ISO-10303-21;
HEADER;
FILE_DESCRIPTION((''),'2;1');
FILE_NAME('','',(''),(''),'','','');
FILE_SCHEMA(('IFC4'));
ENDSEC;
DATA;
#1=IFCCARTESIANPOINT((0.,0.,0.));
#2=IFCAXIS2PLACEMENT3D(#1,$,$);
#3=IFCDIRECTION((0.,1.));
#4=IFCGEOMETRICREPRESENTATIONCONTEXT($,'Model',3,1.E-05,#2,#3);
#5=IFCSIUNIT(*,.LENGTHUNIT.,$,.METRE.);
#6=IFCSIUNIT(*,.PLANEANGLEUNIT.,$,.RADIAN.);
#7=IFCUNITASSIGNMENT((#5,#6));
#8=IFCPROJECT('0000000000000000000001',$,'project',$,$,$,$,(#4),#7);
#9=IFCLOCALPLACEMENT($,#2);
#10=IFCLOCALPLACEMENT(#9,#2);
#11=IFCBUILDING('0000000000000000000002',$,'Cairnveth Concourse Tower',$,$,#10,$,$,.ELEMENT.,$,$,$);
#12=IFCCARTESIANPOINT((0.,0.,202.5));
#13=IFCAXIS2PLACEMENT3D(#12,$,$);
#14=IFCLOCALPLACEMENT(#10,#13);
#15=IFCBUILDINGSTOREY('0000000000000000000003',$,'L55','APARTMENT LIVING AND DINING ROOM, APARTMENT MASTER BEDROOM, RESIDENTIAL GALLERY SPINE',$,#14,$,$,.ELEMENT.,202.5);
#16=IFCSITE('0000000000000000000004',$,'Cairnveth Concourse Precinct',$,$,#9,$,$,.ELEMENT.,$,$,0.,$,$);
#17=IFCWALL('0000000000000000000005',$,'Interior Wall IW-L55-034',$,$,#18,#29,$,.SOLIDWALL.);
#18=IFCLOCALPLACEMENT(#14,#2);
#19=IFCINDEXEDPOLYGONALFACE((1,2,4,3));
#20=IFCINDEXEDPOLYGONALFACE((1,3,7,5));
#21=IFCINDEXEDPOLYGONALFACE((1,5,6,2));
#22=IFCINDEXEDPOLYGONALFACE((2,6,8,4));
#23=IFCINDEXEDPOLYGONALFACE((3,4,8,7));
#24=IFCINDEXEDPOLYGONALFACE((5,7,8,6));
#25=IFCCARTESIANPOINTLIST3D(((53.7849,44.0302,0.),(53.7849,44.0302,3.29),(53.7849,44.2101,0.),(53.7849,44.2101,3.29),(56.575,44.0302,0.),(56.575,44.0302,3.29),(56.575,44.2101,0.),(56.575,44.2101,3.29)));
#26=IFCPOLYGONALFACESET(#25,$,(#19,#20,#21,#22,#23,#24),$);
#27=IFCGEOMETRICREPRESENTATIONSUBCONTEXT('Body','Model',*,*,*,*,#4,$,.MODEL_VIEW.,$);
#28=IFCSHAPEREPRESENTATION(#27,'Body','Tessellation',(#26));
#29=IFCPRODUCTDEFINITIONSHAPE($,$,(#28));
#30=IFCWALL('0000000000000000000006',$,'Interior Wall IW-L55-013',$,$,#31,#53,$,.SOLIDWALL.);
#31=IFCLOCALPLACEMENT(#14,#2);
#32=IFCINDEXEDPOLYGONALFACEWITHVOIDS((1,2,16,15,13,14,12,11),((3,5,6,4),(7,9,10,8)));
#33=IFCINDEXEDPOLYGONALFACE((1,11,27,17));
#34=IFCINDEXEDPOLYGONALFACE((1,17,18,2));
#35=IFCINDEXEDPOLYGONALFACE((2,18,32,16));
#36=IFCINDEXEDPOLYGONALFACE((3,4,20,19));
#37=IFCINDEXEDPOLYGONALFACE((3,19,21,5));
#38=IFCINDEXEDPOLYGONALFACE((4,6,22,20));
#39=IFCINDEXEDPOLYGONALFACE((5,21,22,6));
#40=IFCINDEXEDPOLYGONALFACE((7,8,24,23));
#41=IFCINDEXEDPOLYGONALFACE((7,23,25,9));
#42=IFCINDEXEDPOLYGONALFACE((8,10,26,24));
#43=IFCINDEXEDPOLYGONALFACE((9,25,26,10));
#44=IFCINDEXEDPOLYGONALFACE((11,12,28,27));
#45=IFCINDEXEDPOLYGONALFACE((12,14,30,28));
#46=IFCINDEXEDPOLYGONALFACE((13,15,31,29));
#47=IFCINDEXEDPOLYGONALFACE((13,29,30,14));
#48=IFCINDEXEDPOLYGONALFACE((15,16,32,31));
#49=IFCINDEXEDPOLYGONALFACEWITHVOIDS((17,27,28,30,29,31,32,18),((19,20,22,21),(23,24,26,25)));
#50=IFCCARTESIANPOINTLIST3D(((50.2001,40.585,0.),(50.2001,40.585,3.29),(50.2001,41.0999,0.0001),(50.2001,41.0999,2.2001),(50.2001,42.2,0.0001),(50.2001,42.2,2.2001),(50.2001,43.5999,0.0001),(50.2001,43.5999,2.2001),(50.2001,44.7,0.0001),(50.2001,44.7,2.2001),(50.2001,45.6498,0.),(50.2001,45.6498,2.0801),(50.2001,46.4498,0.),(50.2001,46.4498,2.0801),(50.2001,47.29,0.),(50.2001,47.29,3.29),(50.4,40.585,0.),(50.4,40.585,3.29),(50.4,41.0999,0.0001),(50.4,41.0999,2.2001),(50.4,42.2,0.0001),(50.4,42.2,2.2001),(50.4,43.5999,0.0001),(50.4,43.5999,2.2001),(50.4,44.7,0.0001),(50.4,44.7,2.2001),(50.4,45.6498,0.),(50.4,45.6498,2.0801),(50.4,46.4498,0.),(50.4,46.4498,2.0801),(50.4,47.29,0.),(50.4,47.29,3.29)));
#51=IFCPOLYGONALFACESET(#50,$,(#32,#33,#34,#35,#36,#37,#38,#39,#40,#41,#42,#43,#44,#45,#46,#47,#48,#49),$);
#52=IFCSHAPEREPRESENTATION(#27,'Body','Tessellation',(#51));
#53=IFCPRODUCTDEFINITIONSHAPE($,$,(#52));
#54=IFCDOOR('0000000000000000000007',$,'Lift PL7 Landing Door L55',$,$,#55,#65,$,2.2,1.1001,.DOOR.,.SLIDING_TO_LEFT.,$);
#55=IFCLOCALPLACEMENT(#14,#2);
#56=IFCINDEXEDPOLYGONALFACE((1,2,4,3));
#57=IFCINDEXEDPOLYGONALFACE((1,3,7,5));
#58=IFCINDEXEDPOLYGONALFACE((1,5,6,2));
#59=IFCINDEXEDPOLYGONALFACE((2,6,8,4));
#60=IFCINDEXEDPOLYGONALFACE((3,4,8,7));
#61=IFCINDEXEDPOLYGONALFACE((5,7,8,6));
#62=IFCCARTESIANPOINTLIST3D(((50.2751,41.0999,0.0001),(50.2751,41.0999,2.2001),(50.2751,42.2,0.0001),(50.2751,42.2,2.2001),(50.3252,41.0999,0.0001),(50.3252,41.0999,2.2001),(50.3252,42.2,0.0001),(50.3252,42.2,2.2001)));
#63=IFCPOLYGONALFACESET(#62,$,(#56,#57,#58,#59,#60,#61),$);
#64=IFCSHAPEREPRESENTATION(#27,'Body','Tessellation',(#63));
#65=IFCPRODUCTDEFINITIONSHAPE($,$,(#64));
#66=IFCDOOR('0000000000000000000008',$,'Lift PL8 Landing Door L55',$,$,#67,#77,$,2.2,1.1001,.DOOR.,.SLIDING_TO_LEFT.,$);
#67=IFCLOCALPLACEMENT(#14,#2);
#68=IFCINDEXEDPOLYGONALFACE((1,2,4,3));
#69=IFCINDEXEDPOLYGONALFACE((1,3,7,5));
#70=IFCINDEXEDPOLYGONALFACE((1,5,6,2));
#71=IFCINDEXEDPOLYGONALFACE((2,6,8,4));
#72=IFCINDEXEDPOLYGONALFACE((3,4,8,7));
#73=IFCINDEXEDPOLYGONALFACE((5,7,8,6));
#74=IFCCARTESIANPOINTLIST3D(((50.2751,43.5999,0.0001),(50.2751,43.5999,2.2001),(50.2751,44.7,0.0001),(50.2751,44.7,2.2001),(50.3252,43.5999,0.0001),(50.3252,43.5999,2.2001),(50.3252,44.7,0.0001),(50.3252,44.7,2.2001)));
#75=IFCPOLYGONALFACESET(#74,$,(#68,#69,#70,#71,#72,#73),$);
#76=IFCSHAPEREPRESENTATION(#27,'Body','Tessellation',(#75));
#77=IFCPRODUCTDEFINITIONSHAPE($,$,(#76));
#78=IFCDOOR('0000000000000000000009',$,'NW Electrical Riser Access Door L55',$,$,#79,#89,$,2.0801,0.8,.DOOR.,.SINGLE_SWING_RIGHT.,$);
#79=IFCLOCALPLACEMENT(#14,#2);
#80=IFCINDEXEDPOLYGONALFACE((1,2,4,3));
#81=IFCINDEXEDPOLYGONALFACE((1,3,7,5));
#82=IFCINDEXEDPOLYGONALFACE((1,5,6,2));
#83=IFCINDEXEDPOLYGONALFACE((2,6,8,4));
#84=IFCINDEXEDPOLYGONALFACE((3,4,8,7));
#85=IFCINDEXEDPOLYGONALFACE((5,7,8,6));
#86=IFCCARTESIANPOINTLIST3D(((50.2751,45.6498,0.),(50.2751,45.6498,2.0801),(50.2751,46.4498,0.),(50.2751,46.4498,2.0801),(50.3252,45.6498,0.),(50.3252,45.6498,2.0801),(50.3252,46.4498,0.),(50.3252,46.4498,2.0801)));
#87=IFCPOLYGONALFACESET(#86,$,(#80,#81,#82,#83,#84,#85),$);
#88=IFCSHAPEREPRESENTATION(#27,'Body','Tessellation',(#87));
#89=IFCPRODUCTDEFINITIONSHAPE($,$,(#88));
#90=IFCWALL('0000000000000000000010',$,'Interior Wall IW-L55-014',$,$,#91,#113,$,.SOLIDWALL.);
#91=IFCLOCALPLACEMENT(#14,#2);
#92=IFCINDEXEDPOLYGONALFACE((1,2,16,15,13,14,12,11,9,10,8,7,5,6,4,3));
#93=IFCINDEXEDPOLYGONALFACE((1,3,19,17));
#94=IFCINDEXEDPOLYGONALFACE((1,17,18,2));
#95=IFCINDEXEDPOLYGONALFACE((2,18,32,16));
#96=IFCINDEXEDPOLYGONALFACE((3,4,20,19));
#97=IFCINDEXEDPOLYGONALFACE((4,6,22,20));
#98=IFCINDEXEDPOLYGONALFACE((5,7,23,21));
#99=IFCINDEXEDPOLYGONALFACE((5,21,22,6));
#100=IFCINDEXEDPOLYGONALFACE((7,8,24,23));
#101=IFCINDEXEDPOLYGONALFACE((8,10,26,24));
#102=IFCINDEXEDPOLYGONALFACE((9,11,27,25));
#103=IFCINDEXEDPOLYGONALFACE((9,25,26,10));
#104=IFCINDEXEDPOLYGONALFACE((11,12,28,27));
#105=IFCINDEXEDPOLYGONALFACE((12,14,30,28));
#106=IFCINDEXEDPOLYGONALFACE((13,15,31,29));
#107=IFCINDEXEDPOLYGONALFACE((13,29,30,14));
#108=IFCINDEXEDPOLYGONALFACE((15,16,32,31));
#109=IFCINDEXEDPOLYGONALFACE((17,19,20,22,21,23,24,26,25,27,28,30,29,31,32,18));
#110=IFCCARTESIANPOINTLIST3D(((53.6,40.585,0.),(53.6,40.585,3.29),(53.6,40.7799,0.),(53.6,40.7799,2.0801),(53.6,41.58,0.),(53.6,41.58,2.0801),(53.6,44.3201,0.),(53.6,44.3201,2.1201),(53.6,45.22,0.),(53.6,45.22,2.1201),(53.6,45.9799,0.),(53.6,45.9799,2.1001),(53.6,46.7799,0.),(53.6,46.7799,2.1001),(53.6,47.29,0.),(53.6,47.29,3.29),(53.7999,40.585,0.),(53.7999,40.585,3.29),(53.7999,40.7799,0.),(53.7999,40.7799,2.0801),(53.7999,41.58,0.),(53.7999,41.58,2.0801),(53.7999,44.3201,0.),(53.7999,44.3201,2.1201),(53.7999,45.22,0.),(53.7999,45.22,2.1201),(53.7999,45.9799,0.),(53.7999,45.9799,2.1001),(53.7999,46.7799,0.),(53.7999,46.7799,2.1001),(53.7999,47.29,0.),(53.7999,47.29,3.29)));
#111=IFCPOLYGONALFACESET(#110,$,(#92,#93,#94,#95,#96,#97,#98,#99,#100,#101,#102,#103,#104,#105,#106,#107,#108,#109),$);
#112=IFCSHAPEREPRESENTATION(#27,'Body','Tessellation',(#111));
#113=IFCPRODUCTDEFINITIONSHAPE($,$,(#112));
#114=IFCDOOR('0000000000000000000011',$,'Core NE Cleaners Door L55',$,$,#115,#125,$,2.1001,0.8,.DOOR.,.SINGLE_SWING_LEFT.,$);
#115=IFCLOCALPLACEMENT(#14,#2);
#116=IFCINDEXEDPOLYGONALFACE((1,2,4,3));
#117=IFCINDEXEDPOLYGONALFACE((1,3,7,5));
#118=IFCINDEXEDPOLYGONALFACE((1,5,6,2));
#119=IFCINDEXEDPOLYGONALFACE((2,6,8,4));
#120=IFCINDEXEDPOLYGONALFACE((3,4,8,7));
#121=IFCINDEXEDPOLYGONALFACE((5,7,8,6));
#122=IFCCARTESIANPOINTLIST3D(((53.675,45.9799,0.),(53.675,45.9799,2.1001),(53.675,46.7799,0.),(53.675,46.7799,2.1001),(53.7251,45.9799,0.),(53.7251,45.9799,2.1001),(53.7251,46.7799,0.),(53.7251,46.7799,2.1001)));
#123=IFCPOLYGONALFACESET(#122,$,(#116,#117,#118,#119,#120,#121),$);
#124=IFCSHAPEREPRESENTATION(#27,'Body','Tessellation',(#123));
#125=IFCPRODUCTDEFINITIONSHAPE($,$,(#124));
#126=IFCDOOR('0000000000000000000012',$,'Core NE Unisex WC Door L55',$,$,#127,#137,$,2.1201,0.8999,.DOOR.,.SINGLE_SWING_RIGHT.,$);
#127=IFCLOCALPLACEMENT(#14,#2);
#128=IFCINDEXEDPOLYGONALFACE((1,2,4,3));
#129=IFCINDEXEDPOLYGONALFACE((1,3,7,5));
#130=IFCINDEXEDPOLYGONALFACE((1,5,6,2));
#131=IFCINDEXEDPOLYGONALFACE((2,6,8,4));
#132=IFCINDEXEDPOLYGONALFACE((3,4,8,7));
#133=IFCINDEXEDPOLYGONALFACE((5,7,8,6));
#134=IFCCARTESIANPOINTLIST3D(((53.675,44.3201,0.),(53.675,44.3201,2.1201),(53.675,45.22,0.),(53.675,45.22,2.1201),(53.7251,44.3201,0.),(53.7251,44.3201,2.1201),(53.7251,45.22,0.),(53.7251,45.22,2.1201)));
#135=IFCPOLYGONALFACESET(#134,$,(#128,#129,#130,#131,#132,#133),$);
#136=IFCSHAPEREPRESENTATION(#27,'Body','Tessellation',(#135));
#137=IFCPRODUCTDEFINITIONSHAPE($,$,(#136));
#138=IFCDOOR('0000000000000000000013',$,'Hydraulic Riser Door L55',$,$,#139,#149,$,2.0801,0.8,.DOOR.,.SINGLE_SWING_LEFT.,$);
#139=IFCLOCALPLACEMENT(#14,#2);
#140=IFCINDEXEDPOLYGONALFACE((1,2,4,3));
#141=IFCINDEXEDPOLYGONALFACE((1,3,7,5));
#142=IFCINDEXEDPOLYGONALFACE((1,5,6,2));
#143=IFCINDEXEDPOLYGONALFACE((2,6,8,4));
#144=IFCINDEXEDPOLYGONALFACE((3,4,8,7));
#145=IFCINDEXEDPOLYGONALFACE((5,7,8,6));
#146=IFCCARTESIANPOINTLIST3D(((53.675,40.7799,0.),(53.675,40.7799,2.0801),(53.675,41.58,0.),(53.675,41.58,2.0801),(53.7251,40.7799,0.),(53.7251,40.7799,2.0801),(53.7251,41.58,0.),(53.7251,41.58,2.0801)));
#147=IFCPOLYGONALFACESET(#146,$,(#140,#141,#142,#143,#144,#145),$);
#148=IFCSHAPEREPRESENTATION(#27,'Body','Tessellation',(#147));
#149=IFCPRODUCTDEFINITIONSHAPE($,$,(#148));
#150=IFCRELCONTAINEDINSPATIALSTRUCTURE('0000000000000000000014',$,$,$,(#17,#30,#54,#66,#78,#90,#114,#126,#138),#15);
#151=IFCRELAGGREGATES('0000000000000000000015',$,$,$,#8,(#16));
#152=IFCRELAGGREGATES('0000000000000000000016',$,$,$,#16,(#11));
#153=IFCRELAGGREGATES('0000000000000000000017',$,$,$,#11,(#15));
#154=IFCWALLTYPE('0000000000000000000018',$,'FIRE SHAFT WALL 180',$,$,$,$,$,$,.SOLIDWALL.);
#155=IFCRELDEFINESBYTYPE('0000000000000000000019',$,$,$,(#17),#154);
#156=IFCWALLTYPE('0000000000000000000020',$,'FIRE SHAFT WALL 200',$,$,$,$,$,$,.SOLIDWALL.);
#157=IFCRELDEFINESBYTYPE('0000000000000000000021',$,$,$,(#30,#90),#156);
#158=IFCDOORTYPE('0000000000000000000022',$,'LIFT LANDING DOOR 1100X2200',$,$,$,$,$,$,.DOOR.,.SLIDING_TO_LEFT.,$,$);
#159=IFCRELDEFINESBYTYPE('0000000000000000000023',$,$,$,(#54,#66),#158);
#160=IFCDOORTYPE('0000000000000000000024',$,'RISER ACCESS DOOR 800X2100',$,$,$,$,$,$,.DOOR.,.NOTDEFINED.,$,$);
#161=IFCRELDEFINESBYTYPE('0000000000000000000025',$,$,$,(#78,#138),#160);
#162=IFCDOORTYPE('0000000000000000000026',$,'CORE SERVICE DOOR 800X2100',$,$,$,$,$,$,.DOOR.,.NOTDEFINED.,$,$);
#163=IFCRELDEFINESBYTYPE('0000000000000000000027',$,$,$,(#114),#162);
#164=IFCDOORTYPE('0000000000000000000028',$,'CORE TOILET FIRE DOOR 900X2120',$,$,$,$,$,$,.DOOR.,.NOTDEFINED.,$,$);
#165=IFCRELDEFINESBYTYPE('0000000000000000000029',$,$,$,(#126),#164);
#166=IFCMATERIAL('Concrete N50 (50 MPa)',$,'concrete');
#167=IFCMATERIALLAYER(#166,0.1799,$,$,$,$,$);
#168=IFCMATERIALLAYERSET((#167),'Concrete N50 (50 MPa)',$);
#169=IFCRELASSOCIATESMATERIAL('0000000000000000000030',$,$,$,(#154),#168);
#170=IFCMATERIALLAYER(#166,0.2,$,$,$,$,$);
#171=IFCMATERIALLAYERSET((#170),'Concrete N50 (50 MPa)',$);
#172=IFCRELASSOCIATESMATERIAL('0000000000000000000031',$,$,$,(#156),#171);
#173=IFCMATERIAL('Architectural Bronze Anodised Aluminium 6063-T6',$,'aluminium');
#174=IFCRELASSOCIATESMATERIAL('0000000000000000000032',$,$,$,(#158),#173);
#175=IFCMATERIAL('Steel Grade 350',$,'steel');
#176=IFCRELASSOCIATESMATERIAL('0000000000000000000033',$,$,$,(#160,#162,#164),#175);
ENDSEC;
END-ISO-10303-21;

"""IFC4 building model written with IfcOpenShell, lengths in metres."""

from ifc_helpers import new_model, si_unit, direction, frame, frame_2d, origin, place, context, subcontext, project, spatial, rectangle, extrude, material, layer, layer_set, type_object, element, fill, save


model = new_model("IFC4")

# Units and contexts
model_context = context("Model", 3, precision=1e-05, world=origin(), true_north=direction((0.0, 1.0)))
body_context = subcontext(model_context, "Body", "Model", "MODEL_VIEW")
ifc_project = project(units=[si_unit("LENGTHUNIT", "METRE"), si_unit("PLANEANGLEUNIT", "RADIAN")], contexts=[model_context])

# Site, building, storey
site_placement = place(None, origin())
site = spatial("IfcSite", under=ifc_project, at=site_placement, Name="Cairnveth Concourse Precinct", CompositionType="ELEMENT", RefElevation=0.0)
building_placement = place(site_placement, origin())
building = spatial("IfcBuilding", under=site, at=building_placement, Name="Cairnveth Concourse Tower", CompositionType="ELEMENT")
storey_placement = place(building_placement, frame((0.0, 0.0, 202.5)))
storey = spatial("IfcBuildingStorey", under=building, at=storey_placement, Name="L55", Description="APARTMENT LIVING AND DINING ROOM, APARTMENT MASTER BEDROOM, RESIDENTIAL GALLERY SPINE", CompositionType="ELEMENT", Elevation=202.5)

# Shared definitions
ifc_material_1 = material(Name="Steel Grade 350", Category="steel")

# Wall
ifc_material_2 = material(Name="Concrete N50 (50 MPa)", Category="concrete")
ifc_layer_1 = layer(ifc_material_2, 0.1799)
ifc_layer_set_1 = layer_set([ifc_layer_1], Name="Concrete N50 (50 MPa)")
wall_type_1 = type_object("IfcWallType", Name="FIRE SHAFT WALL 180", PredefinedType="SOLIDWALL", material=ifc_layer_set_1)
wall_1_placement = place(storey_placement, frame((53.7849, 44.1201, 0.0), z_axis=(0.0, 0.0, 1.0), x_axis=(1.0, 0.0, 0.0)))
element("IfcWall", 1, at=wall_1_placement, inside=storey, type_object=wall_type_1, Name="Interior Wall IW-L55-034", PredefinedType="SOLIDWALL", context=body_context, shape_type="SweptSolid", body=[
    extrude(rectangle(XDim=2.79, YDim=0.1799, at=frame_2d((1.395, 0.0))), origin(), (0.0, 0.0, 1.0), 3.29),
])

# Walls, openings, doors
ifc_layer_2 = layer(ifc_material_2, 0.2)
ifc_layer_set_2 = layer_set([ifc_layer_2], Name="Concrete N50 (50 MPa)")
wall_type_2 = type_object("IfcWallType", Name="FIRE SHAFT WALL 200", PredefinedType="SOLIDWALL", material=ifc_layer_set_2)
wall_2_placement = place(storey_placement, frame((50.3, 40.585, 0.0), z_axis=(0.0, 0.0, 1.0), x_axis=(0.0, 1.0, 0.0)))
wall_2 = element("IfcWall", 2, at=wall_2_placement, inside=storey, type_object=wall_type_2, Name="Interior Wall IW-L55-013", PredefinedType="SOLIDWALL", context=body_context, shape_type="SweptSolid", body=[
    extrude(rectangle(XDim=6.7051, YDim=0.2, at=frame_2d((3.3525, 0.0))), origin(), (0.0, 0.0, 1.0), 3.29),
])
opening_1_placement = place(wall_2_placement, frame((0.5149, 0.0, 0.0)))
opening_1 = element("IfcOpeningElement", 3, at=opening_1_placement, cuts=wall_2, PredefinedType="OPENING", context=body_context, shape_type="SweptSolid", body=[
    extrude(rectangle(XDim=1.1001, YDim=2.2, at=frame_2d((0.55, 1.1001))), frame((0.0, 0.1099, 0.0), z_axis=(0.0, -1.0, 0.0), x_axis=(1.0, 0.0, 0.0)), (0.0, 0.0, 1.0), 0.22),
])
opening_2_placement = place(wall_2_placement, frame((3.0149, 0.0, 0.0)))
opening_2 = element("IfcOpeningElement", 4, at=opening_2_placement, cuts=wall_2, PredefinedType="OPENING", context=body_context, shape_type="SweptSolid", body=[
    extrude(rectangle(XDim=1.1001, YDim=2.2, at=frame_2d((0.55, 1.1001))), frame((0.0, 0.1099, 0.0), z_axis=(0.0, -1.0, 0.0), x_axis=(1.0, 0.0, 0.0)), (0.0, 0.0, 1.0), 0.22),
])
opening_3_placement = place(wall_2_placement, frame((5.0649, 0.0, 0.0)))
opening_3 = element("IfcOpeningElement", 5, at=opening_3_placement, cuts=wall_2, PredefinedType="OPENING", context=body_context, shape_type="SweptSolid", body=[
    extrude(rectangle(XDim=0.8, YDim=2.0801, at=frame_2d((0.3999, 1.04))), frame((0.0, 0.1099, 0.0), z_axis=(0.0, -1.0, 0.0), x_axis=(1.0, 0.0, 0.0)), (0.0, 0.0, 1.0), 0.22),
])
ifc_material_3 = material(Name="Architectural Bronze Anodised Aluminium 6063-T6", Category="aluminium")
door_type_1 = type_object("IfcDoorType", Name="LIFT LANDING DOOR 1100X2200", OperationType="SLIDING_TO_LEFT", PredefinedType="DOOR", material=ifc_material_3)
door_1_placement = place(opening_1_placement, origin())
door_1 = element("IfcDoor", 6, at=door_1_placement, inside=storey, type_object=door_type_1, Name="Lift PL7 Landing Door L55", OperationType="SLIDING_TO_LEFT", OverallHeight=2.2, OverallWidth=1.1001, PredefinedType="DOOR", context=body_context, shape_type="SweptSolid", body=[
    extrude(rectangle(XDim=1.1001, YDim=2.2, at=frame_2d((0.55, 1.1001))), frame((0.0, 0.0249, 0.0), z_axis=(0.0, -1.0, 0.0), x_axis=(1.0, 0.0, 0.0)), (0.0, 0.0, 1.0), 0.05),
])
fill(opening_1, door_1)
door_2_placement = place(opening_2_placement, origin())
door_2 = element("IfcDoor", 7, at=door_2_placement, inside=storey, type_object=door_type_1, Name="Lift PL8 Landing Door L55", OperationType="SLIDING_TO_LEFT", OverallHeight=2.2, OverallWidth=1.1001, PredefinedType="DOOR", context=body_context, shape_type="SweptSolid", body=[
    extrude(rectangle(XDim=1.1001, YDim=2.2, at=frame_2d((0.55, 1.1001))), frame((0.0, 0.0249, 0.0), z_axis=(0.0, -1.0, 0.0), x_axis=(1.0, 0.0, 0.0)), (0.0, 0.0, 1.0), 0.05),
])
fill(opening_2, door_2)
door_type_2 = type_object("IfcDoorType", Name="RISER ACCESS DOOR 800X2100", OperationType="NOTDEFINED", PredefinedType="DOOR", material=ifc_material_1)
door_3_placement = place(opening_3_placement, origin())
door_3 = element("IfcDoor", 8, at=door_3_placement, inside=storey, type_object=door_type_2, Name="NW Electrical Riser Access Door L55", OperationType="SINGLE_SWING_RIGHT", OverallHeight=2.0801, OverallWidth=0.8, PredefinedType="DOOR", context=body_context, shape_type="SweptSolid", body=[
    extrude(rectangle(XDim=0.8, YDim=2.0801, at=frame_2d((0.3999, 1.04))), frame((0.0, 0.0249, 0.0), z_axis=(0.0, -1.0, 0.0), x_axis=(1.0, 0.0, 0.0)), (0.0, 0.0, 1.0), 0.05),
])
fill(opening_3, door_3)
wall_3_placement = place(storey_placement, frame((53.7, 40.585, 0.0), z_axis=(0.0, 0.0, 1.0), x_axis=(0.0, 1.0, 0.0)))
wall_3 = element("IfcWall", 9, at=wall_3_placement, inside=storey, type_object=wall_type_2, Name="Interior Wall IW-L55-014", PredefinedType="SOLIDWALL", context=body_context, shape_type="SweptSolid", body=[
    extrude(rectangle(XDim=6.7051, YDim=0.2, at=frame_2d((3.3525, 0.0))), origin(), (0.0, 0.0, 1.0), 3.29),
])
opening_4_placement = place(wall_3_placement, frame((0.1951, 0.0, 0.0)))
opening_4 = element("IfcOpeningElement", 10, at=opening_4_placement, cuts=wall_3, PredefinedType="OPENING", context=body_context, shape_type="SweptSolid", body=[
    extrude(rectangle(XDim=0.8, YDim=2.0801, at=frame_2d((0.3999, 1.04))), frame((0.0, 0.1099, 0.0), z_axis=(0.0, -1.0, 0.0), x_axis=(1.0, 0.0, 0.0)), (0.0, 0.0, 1.0), 0.22),
])
opening_5_placement = place(wall_3_placement, frame((3.7351, 0.0, 0.0)))
opening_5 = element("IfcOpeningElement", 11, at=opening_5_placement, cuts=wall_3, PredefinedType="OPENING", context=body_context, shape_type="SweptSolid", body=[
    extrude(rectangle(XDim=0.8999, YDim=2.1201, at=frame_2d((0.45, 1.0601))), frame((0.0, 0.1099, 0.0), z_axis=(0.0, -1.0, 0.0), x_axis=(1.0, 0.0, 0.0)), (0.0, 0.0, 1.0), 0.22),
])
opening_6_placement = place(wall_3_placement, frame((5.395, 0.0, 0.0)))
opening_6 = element("IfcOpeningElement", 12, at=opening_6_placement, cuts=wall_3, PredefinedType="OPENING", context=body_context, shape_type="SweptSolid", body=[
    extrude(rectangle(XDim=0.8, YDim=2.1001, at=frame_2d((0.3999, 1.05))), frame((0.0, 0.1099, 0.0), z_axis=(0.0, -1.0, 0.0), x_axis=(1.0, 0.0, 0.0)), (0.0, 0.0, 1.0), 0.22),
])
door_type_3 = type_object("IfcDoorType", Name="CORE SERVICE DOOR 800X2100", OperationType="NOTDEFINED", PredefinedType="DOOR", material=ifc_material_1)
door_4_placement = place(opening_6_placement, origin())
door_4 = element("IfcDoor", 13, at=door_4_placement, inside=storey, type_object=door_type_3, Name="Core NE Cleaners Door L55", OperationType="SINGLE_SWING_LEFT", OverallHeight=2.1001, OverallWidth=0.8, PredefinedType="DOOR", context=body_context, shape_type="SweptSolid", body=[
    extrude(rectangle(XDim=0.8, YDim=2.1001, at=frame_2d((0.3999, 1.05))), frame((0.0, 0.0249, 0.0), z_axis=(0.0, -1.0, 0.0), x_axis=(1.0, 0.0, 0.0)), (0.0, 0.0, 1.0), 0.05),
])
fill(opening_6, door_4)
door_type_4 = type_object("IfcDoorType", Name="CORE TOILET FIRE DOOR 900X2120", OperationType="NOTDEFINED", PredefinedType="DOOR", material=ifc_material_1)
door_5_placement = place(opening_5_placement, origin())
door_5 = element("IfcDoor", 14, at=door_5_placement, inside=storey, type_object=door_type_4, Name="Core NE Unisex WC Door L55", OperationType="SINGLE_SWING_RIGHT", OverallHeight=2.1201, OverallWidth=0.8999, PredefinedType="DOOR", context=body_context, shape_type="SweptSolid", body=[
    extrude(rectangle(XDim=0.8999, YDim=2.1201, at=frame_2d((0.45, 1.0601))), frame((0.0, 0.0249, 0.0), z_axis=(0.0, -1.0, 0.0), x_axis=(1.0, 0.0, 0.0)), (0.0, 0.0, 1.0), 0.05),
])
fill(opening_5, door_5)
door_6_placement = place(opening_4_placement, origin())
door_6 = element("IfcDoor", 15, at=door_6_placement, inside=storey, type_object=door_type_2, Name="Hydraulic Riser Door L55", OperationType="SINGLE_SWING_LEFT", OverallHeight=2.0801, OverallWidth=0.8, PredefinedType="DOOR", context=body_context, shape_type="SweptSolid", body=[
    extrude(rectangle(XDim=0.8, YDim=2.0801, at=frame_2d((0.3999, 1.04))), frame((0.0, 0.0249, 0.0), z_axis=(0.0, -1.0, 0.0), x_axis=(1.0, 0.0, 0.0)), (0.0, 0.0, 1.0), 0.05),
])
fill(opening_4, door_6)

save(model, "model.ifc")
